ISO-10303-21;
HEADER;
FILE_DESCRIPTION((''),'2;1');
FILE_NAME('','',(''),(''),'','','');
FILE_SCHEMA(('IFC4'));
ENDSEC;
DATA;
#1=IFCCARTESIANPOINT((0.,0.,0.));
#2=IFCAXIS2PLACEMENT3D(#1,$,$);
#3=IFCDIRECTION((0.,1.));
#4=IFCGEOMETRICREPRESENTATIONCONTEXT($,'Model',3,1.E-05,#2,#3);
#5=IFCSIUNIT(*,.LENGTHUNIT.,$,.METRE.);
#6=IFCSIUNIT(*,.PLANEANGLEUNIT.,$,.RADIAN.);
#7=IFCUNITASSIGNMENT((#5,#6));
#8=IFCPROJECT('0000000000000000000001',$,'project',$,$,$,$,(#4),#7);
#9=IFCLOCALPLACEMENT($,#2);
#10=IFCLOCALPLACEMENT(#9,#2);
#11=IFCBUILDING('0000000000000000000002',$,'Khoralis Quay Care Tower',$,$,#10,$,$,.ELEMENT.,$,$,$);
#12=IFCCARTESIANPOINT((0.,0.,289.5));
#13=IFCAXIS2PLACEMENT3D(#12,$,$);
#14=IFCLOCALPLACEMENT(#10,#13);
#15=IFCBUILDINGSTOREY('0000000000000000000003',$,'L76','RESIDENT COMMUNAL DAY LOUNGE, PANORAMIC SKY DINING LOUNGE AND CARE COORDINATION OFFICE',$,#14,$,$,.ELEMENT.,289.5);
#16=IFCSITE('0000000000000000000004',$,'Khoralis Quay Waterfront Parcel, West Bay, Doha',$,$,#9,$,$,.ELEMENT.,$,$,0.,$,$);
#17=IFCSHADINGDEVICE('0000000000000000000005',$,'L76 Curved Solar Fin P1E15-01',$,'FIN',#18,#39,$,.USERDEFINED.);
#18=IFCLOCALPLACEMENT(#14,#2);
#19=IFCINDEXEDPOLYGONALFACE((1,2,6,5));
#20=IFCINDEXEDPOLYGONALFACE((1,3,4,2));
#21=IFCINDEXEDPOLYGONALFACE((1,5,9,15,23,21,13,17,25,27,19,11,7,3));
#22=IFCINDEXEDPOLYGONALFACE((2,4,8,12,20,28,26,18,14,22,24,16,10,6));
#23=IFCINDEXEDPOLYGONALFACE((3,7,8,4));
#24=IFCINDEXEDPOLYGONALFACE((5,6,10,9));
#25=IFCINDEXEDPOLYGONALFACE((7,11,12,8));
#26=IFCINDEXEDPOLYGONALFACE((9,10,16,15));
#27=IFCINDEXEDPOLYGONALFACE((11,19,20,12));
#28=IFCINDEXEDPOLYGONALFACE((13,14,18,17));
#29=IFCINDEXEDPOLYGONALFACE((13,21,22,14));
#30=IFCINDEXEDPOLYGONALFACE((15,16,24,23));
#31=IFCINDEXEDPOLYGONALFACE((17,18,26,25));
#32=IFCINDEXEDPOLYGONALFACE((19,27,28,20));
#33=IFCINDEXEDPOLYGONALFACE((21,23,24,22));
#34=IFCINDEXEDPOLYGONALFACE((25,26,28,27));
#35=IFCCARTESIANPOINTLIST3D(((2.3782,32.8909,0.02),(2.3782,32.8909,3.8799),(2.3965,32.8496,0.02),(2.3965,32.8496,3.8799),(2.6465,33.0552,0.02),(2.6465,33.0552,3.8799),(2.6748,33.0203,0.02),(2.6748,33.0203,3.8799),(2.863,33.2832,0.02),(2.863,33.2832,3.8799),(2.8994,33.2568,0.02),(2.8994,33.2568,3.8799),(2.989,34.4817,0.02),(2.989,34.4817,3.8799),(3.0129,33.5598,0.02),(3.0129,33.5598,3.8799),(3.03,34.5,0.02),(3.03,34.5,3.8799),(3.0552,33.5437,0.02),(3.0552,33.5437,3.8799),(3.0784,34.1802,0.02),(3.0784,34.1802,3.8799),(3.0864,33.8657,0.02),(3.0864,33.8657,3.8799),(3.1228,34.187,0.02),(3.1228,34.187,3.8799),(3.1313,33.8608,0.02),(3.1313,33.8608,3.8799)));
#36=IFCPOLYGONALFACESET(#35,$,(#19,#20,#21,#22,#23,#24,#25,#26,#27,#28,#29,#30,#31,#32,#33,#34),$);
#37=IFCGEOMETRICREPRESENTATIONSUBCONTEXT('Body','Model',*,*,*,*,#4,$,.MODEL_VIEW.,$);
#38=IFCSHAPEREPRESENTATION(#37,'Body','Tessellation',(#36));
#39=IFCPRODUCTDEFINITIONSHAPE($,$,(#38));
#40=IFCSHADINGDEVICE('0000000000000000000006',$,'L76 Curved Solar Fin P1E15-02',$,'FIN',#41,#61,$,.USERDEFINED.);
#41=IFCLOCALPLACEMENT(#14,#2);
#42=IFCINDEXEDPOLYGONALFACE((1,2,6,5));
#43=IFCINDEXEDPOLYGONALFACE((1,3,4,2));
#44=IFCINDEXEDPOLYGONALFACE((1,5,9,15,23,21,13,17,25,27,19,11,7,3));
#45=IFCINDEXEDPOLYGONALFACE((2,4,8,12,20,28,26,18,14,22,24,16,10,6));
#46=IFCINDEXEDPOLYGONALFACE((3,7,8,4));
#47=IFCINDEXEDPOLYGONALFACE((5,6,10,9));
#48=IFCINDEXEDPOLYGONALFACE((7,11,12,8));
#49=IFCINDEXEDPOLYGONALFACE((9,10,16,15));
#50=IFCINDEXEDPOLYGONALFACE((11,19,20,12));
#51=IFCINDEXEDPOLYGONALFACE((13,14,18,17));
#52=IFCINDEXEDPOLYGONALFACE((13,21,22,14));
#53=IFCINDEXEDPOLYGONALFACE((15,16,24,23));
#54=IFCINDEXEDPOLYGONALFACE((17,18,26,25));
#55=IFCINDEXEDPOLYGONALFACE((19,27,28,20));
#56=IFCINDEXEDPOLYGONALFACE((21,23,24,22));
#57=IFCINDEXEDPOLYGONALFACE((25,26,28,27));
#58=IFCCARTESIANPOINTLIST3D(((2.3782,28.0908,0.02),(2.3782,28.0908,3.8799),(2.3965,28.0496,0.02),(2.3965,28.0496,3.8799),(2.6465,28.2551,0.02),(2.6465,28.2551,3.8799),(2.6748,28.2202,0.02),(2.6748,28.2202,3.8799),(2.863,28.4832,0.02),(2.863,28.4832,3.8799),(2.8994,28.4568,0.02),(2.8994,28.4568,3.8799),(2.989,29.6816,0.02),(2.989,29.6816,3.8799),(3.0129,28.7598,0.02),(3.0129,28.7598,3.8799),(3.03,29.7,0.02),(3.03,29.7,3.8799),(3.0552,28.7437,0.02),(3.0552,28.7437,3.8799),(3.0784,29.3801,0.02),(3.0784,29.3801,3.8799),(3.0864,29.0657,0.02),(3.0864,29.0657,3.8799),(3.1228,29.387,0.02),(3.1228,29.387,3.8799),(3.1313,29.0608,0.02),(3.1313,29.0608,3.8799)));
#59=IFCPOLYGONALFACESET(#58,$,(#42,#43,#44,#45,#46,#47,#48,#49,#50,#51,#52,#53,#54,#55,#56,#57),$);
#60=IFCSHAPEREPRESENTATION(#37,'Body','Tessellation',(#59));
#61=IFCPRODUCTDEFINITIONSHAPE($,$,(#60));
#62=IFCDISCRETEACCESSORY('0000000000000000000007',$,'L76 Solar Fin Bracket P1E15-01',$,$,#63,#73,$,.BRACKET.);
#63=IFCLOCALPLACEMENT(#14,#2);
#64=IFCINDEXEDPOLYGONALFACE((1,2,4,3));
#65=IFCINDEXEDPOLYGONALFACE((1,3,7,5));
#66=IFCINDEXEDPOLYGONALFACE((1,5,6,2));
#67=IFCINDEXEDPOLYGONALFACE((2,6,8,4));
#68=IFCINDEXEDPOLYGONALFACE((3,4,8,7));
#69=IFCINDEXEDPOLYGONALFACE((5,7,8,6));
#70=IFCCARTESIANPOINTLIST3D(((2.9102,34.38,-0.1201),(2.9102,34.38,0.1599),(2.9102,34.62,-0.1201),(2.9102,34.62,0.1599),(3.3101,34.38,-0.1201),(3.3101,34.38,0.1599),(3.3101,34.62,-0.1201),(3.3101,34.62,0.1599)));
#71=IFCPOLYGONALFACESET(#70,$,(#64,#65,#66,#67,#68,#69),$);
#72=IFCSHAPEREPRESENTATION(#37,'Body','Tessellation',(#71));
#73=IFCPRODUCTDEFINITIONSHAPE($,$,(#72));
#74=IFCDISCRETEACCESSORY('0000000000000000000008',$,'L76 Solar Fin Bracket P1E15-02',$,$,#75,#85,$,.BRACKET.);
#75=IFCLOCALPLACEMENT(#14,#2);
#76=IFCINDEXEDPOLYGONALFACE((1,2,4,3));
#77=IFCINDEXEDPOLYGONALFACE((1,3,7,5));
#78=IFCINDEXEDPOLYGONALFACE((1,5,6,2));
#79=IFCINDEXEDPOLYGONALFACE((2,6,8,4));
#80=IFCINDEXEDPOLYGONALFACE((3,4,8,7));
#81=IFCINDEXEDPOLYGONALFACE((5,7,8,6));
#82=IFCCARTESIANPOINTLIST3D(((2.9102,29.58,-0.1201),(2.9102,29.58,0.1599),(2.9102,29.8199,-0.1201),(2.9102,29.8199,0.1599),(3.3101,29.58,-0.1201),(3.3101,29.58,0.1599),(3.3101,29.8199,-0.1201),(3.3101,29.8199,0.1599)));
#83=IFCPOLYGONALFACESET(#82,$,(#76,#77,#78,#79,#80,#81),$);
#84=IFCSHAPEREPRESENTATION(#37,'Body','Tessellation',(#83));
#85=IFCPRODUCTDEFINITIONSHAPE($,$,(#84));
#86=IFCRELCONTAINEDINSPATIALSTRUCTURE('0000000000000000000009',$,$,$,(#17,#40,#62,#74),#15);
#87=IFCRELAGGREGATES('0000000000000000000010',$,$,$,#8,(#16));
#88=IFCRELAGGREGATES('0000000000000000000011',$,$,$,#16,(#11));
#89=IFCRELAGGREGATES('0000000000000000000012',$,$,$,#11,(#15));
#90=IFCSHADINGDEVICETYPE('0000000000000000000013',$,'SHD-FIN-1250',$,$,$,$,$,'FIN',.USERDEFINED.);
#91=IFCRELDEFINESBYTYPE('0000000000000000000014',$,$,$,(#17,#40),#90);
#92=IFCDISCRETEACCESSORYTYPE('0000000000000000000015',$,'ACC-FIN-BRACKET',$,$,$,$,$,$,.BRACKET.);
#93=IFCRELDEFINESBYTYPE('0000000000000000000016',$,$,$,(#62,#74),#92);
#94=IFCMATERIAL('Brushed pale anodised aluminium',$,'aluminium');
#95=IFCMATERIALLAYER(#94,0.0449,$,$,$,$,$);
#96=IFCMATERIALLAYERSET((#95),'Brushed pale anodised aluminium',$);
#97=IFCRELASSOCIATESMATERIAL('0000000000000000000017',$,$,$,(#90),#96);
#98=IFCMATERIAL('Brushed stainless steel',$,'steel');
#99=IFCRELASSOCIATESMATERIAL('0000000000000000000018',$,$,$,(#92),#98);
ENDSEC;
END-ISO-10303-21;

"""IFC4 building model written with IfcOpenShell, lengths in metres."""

from ifc_helpers import new_model, si_unit, direction, frame, origin, origin_2d, place, context, subcontext, project, spatial, polyline, rectangle, outline, extrude, source, transform, mapped, material, layer, layer_set, type_object, element, save


model = new_model("IFC4")

# Units and contexts
model_context = context("Model", 3, precision=1e-05, world=origin(), true_north=direction((0.0, 1.0)))
body_context = subcontext(model_context, "Body", "Model", "MODEL_VIEW")
ifc_project = project(units=[si_unit("LENGTHUNIT", "METRE"), si_unit("PLANEANGLEUNIT", "RADIAN")], contexts=[model_context])

# Site, building, storey
site_placement = place(None, origin())
site = spatial("IfcSite", under=ifc_project, at=site_placement, Name="Khoralis Quay Waterfront Parcel, West Bay, Doha", CompositionType="ELEMENT", RefElevation=0.0)
building_placement = place(site_placement, origin())
building = spatial("IfcBuilding", under=site, at=building_placement, Name="Khoralis Quay Care Tower", CompositionType="ELEMENT")
storey_placement = place(building_placement, frame((0.0, 0.0, 289.5)))
storey = spatial("IfcBuildingStorey", under=building, at=storey_placement, Name="L76", Description="RESIDENT COMMUNAL DAY LOUNGE, PANORAMIC SKY DINING LOUNGE AND CARE COORDINATION OFFICE", CompositionType="ELEMENT", Elevation=289.5)

# Shading devices
ifc_material_1 = material(Name="Brushed pale anodised aluminium", Category="aluminium")
ifc_layer_1 = layer(ifc_material_1, 0.0449)
ifc_layer_set_1 = layer_set([ifc_layer_1], Name="Brushed pale anodised aluminium")
shading_device_type = type_object("IfcShadingDeviceType", Name="SHD-FIN-1250", ElementType="FIN", PredefinedType="USERDEFINED", material=ifc_layer_set_1)
shared_shape_1 = source(origin(), body_context, "Body", "SweptSolid", [
    extrude(outline(polyline([(0.0, 0.0), (-0.0928, 0.313), (-0.1013, 0.6392), (-0.0251, 0.9563), (0.1306, 1.2432), (0.3552, 1.4797), (0.6335, 1.6504), (0.6519, 1.6091), (0.3835, 1.4448), (0.167, 1.2168), (0.0171, 0.9402), (-0.0564, 0.6343), (-0.0483, 0.3198), (0.041, 0.0183), (0.0, 0.0)])), origin(), (0.0, 0.0, 1.0), 3.8599),
])
for number, where, z_axis, x_axis, name in (
    (1, (3.03, 34.5, 0.02), (0.0, 0.0, 1.0), (-1.0, 0.0, 0.0), "L76 Curved Solar Fin P1E15-01"),
    (2, (3.03, 29.7, 0.02), (0.0, 0.0, 1.0), (-1.0, 0.0, 0.0), "L76 Curved Solar Fin P1E15-02"),
):
    element("IfcShadingDevice", number, at=place(storey_placement, frame(where, z_axis=z_axis, x_axis=x_axis)), inside=storey, type_object=shading_device_type, Name=name, ObjectType="FIN", PredefinedType="USERDEFINED", context=body_context, shape_type="MappedRepresentation", body=[
        mapped(shared_shape_1, transform((0.0, 0.0, 0.0), scale=1.0)),
    ])

# Discrete accessories
ifc_material_2 = material(Name="Brushed stainless steel", Category="steel")
discrete_accessory_type = type_object("IfcDiscreteAccessoryType", Name="ACC-FIN-BRACKET", PredefinedType="BRACKET", material=ifc_material_2)
shared_shape_2 = source(origin(), body_context, "Body", "SweptSolid", [
    extrude(rectangle(XDim=0.3999, YDim=0.24, at=origin_2d()), origin(), (0.0, 0.0, 1.0), 0.28),
])
for number, where, z_axis, x_axis, name in (
    (3, (3.1101, 34.5, -0.1201), (0.0, 0.0, 1.0), (-1.0, 0.0, 0.0), "L76 Solar Fin Bracket P1E15-01"),
    (4, (3.1101, 29.7, -0.1201), (0.0, 0.0, 1.0), (-1.0, 0.0, 0.0), "L76 Solar Fin Bracket P1E15-02"),
):
    element("IfcDiscreteAccessory", number, at=place(storey_placement, frame(where, z_axis=z_axis, x_axis=x_axis)), inside=storey, type_object=discrete_accessory_type, Name=name, PredefinedType="BRACKET", context=body_context, shape_type="MappedRepresentation", body=[
        mapped(shared_shape_2, transform((0.0, 0.0, 0.0), scale=1.0)),
    ])

save(model, "model.ifc")
